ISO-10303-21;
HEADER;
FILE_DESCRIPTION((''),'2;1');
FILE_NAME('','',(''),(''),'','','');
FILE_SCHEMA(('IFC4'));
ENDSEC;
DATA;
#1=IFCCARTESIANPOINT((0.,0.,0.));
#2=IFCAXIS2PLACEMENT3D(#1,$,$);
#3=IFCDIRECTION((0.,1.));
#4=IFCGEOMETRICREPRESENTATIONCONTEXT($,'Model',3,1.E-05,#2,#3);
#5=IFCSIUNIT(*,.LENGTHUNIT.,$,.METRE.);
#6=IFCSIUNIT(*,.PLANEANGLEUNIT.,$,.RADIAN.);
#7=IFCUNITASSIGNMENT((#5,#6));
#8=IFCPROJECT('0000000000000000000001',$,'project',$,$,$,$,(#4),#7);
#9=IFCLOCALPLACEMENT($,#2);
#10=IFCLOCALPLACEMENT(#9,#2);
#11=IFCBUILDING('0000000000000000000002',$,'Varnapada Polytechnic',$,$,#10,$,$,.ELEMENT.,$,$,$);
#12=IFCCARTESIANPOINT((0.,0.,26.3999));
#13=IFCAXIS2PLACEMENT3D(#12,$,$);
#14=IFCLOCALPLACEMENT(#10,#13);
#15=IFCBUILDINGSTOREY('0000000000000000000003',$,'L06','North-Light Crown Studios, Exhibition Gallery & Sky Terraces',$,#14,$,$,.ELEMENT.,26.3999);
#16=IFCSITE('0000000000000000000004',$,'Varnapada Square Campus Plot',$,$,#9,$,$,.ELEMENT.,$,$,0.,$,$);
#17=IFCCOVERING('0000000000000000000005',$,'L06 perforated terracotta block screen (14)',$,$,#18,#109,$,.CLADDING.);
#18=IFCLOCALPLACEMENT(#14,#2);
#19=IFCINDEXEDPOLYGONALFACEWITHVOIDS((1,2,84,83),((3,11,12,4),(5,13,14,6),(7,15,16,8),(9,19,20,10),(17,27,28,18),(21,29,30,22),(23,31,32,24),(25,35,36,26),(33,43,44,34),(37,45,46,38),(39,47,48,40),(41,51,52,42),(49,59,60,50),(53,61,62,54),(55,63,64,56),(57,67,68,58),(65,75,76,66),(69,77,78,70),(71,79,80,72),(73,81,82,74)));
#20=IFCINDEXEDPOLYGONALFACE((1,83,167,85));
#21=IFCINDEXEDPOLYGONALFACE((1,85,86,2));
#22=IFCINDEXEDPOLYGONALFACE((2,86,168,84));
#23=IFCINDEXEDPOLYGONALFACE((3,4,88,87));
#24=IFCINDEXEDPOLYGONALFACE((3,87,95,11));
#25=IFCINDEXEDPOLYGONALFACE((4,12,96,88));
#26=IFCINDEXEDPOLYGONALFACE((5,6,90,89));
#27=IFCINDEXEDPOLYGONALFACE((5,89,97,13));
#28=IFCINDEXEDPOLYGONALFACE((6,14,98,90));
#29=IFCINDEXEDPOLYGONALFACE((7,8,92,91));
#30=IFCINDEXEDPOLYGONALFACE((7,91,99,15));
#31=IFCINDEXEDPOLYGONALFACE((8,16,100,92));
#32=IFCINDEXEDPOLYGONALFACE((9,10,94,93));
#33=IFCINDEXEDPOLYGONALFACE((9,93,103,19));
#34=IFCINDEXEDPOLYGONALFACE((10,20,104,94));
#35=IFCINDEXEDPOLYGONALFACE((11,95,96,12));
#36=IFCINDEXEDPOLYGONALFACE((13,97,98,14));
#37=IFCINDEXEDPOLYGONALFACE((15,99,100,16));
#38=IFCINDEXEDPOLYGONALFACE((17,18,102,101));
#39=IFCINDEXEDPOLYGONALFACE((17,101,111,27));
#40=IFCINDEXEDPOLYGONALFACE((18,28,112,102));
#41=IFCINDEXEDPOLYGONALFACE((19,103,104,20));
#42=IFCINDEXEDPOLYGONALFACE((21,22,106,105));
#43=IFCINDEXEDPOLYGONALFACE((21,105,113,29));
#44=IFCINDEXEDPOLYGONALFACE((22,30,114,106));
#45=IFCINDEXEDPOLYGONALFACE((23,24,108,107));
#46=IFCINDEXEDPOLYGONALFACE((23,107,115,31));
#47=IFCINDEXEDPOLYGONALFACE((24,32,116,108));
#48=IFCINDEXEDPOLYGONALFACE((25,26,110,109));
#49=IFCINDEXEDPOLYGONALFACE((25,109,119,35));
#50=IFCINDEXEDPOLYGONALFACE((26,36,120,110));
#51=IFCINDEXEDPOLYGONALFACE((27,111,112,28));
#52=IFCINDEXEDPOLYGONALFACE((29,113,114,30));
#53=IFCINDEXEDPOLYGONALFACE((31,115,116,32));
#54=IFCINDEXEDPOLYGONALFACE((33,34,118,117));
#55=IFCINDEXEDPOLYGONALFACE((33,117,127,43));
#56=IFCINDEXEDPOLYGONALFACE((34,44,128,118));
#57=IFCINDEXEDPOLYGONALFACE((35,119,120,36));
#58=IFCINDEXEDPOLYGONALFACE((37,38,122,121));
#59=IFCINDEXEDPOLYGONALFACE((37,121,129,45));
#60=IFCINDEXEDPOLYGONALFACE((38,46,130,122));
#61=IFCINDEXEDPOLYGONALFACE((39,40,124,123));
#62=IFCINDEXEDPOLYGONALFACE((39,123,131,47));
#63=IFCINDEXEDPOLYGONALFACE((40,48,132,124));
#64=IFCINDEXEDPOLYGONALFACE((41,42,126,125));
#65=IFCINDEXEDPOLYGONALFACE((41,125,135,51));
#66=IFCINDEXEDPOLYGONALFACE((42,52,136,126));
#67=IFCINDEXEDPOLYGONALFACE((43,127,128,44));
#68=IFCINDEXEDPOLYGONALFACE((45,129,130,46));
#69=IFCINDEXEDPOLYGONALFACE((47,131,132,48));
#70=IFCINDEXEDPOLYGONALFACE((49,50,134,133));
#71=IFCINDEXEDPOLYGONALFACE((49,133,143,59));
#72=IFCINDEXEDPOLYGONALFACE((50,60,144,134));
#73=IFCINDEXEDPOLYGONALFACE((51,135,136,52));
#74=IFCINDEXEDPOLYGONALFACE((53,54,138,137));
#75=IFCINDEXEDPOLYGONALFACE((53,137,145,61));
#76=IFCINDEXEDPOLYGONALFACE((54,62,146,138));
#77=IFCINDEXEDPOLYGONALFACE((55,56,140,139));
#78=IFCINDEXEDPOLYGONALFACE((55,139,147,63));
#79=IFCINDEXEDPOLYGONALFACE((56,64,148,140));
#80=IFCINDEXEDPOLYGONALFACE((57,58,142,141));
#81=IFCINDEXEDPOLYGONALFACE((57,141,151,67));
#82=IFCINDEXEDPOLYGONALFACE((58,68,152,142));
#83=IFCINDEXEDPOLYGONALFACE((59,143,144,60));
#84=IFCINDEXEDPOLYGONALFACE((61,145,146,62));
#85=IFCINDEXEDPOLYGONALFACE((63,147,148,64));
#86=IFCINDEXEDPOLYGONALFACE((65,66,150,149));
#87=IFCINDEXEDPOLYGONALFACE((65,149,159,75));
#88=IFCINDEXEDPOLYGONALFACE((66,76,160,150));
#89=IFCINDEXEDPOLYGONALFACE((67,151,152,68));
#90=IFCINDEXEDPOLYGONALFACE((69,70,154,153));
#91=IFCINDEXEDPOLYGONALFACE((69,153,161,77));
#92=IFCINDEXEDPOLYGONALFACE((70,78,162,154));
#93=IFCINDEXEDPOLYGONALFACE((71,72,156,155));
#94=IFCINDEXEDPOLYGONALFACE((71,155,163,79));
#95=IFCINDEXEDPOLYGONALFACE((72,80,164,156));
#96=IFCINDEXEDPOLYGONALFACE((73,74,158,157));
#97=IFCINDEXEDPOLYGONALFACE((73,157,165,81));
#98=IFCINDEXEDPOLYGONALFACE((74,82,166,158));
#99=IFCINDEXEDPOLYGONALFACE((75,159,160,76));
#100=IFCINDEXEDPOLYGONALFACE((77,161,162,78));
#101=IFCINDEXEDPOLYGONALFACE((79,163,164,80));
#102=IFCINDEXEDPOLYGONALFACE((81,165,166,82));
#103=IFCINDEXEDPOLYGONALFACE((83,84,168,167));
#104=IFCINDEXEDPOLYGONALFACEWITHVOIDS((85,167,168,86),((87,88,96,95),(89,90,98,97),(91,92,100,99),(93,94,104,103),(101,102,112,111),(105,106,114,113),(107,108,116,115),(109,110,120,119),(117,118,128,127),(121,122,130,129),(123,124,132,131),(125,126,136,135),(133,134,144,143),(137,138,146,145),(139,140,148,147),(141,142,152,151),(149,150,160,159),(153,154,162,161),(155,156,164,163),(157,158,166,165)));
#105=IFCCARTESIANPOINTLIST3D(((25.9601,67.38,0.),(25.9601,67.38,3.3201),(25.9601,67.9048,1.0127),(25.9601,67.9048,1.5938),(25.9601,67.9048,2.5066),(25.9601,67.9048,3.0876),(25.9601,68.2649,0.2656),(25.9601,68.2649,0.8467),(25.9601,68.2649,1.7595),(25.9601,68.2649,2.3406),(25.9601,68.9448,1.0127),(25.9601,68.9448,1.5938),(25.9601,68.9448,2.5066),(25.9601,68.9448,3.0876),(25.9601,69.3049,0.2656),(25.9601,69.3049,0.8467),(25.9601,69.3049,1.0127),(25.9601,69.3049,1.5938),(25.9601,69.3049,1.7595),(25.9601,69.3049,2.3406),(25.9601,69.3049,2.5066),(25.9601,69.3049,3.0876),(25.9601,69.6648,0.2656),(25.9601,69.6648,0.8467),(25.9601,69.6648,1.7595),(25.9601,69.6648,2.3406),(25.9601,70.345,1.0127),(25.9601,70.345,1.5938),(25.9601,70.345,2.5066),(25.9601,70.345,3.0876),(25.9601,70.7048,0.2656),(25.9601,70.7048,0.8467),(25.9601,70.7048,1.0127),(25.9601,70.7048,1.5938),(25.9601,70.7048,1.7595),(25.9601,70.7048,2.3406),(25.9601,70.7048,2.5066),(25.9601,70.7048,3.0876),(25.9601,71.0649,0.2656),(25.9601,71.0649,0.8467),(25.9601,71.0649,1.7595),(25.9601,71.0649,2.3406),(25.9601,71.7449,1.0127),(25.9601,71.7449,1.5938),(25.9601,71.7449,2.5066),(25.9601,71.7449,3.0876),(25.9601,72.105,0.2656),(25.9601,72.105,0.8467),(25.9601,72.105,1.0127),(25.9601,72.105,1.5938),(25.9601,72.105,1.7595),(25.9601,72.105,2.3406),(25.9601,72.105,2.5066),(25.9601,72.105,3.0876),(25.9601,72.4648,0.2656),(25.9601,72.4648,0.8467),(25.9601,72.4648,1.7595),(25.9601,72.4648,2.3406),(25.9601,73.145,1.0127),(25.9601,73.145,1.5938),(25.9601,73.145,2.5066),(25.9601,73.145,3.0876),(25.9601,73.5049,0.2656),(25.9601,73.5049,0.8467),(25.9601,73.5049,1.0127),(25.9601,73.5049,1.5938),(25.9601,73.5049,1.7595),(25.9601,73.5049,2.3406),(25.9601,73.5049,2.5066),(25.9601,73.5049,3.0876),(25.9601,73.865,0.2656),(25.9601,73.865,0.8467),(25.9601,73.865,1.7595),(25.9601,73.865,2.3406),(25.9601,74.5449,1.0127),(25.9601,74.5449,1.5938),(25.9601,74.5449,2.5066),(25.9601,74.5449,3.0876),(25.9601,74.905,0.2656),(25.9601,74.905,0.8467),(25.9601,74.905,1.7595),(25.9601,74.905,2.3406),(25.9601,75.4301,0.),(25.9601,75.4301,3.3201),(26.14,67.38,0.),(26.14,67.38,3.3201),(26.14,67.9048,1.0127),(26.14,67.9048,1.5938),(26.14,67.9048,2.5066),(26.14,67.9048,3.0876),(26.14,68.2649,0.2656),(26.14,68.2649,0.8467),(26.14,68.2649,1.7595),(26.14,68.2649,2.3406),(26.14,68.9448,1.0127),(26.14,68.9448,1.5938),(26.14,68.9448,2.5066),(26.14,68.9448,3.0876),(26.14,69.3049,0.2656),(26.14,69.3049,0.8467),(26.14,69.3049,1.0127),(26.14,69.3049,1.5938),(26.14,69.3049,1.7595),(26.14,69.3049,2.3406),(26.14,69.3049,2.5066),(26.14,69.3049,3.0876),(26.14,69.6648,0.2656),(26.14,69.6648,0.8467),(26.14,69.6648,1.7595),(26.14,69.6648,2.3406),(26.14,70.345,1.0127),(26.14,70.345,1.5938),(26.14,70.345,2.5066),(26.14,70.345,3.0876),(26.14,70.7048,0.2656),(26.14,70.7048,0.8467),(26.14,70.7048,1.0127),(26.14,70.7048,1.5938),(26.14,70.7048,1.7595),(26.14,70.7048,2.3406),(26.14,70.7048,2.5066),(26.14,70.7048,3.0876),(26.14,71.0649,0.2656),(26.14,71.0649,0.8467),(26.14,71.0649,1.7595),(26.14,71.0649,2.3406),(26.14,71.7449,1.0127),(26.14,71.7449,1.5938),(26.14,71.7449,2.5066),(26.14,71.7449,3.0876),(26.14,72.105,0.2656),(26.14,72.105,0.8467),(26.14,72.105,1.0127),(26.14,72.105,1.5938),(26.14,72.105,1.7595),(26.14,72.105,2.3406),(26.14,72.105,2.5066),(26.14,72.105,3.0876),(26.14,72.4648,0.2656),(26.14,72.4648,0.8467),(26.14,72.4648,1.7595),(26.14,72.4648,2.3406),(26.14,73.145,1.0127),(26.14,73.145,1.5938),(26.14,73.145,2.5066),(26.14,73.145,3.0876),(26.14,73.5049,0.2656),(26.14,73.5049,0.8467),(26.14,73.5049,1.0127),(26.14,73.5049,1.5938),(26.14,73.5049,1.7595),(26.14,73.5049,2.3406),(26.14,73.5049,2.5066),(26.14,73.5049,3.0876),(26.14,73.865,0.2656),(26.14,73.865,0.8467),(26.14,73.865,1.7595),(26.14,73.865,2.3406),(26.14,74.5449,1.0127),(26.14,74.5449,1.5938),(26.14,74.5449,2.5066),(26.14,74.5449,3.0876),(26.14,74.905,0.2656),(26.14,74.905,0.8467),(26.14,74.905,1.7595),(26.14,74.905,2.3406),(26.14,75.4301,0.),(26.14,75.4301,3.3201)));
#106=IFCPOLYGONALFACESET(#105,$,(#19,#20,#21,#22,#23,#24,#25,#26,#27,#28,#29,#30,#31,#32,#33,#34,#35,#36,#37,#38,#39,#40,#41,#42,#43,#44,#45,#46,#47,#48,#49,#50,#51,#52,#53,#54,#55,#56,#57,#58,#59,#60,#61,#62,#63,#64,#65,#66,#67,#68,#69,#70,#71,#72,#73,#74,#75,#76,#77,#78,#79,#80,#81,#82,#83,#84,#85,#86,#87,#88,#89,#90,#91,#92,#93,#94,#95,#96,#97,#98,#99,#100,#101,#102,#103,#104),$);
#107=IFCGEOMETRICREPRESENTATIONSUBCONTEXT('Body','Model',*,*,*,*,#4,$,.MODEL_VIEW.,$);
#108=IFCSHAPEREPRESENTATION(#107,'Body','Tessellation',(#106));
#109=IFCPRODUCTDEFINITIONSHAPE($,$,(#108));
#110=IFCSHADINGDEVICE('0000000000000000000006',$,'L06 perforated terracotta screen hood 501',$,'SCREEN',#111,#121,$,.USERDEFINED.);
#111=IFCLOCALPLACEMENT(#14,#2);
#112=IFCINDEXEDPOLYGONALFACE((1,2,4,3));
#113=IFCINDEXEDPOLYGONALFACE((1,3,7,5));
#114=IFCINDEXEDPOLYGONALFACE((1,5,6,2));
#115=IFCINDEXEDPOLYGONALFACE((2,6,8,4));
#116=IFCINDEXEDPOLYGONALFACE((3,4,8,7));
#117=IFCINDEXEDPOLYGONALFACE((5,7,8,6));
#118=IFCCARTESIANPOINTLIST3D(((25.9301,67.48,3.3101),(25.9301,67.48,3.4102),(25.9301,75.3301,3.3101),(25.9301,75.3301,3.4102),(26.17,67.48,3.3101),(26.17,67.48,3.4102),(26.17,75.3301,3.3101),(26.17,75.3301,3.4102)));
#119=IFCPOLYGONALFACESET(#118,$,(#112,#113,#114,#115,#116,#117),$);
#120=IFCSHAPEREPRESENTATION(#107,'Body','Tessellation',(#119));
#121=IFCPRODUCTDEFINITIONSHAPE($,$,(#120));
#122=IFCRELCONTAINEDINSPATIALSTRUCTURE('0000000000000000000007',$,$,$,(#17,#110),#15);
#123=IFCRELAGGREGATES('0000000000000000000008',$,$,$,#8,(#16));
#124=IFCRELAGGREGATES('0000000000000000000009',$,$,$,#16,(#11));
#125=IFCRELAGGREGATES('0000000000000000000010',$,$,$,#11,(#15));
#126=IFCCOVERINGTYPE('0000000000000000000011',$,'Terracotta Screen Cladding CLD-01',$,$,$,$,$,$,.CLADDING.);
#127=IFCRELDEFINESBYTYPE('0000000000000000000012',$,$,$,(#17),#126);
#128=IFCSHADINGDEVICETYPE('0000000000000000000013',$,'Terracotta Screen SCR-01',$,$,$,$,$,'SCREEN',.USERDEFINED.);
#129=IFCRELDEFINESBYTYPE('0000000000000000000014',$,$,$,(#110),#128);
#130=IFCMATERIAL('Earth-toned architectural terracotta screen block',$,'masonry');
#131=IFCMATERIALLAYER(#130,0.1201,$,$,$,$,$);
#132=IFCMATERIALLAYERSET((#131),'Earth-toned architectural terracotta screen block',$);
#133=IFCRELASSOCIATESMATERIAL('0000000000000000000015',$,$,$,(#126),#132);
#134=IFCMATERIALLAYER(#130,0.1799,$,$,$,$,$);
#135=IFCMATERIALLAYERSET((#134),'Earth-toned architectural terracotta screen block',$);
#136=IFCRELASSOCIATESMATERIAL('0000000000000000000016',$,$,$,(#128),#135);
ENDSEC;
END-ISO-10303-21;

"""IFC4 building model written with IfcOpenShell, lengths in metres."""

from ifc_helpers import new_model, si_unit, direction, frame, frame_2d, origin, origin_2d, place, context, subcontext, project, spatial, rectangle, extrude, material, layer, layer_set, type_object, element, save


model = new_model("IFC4")

# Units and contexts
model_context = context("Model", 3, precision=1e-05, world=origin(), true_north=direction((0.0, 1.0)))
body_context = subcontext(model_context, "Body", "Model", "MODEL_VIEW")
ifc_project = project(units=[si_unit("LENGTHUNIT", "METRE"), si_unit("PLANEANGLEUNIT", "RADIAN")], contexts=[model_context])

# Site, building, storey
site_placement = place(None, origin())
site = spatial("IfcSite", under=ifc_project, at=site_placement, Name="Varnapada Square Campus Plot", CompositionType="ELEMENT", RefElevation=0.0)
building_placement = place(site_placement, origin())
building = spatial("IfcBuilding", under=site, at=building_placement, Name="Varnapada Polytechnic", CompositionType="ELEMENT")
storey_placement = place(building_placement, frame((0.0, 0.0, 26.3999)))
storey = spatial("IfcBuildingStorey", under=building, at=storey_placement, Name="L06", Description="North-Light Crown Studios, Exhibition Gallery & Sky Terraces", CompositionType="ELEMENT", Elevation=26.3999)

# Covering, openings
ifc_material_1 = material(Name="Earth-toned architectural terracotta screen block", Category="masonry")
ifc_layer_1 = layer(ifc_material_1, 0.1201)
ifc_layer_set_1 = layer_set([ifc_layer_1], Name="Earth-toned architectural terracotta screen block")
covering_type_1 = type_object("IfcCoveringType", Name="Terracotta Screen Cladding CLD-01", PredefinedType="CLADDING", material=ifc_layer_set_1)
covering_1_placement = place(storey_placement, frame((26.05, 75.4299, 0.0), z_axis=(0.0, 0.0, 1.0), x_axis=(0.0, -1.0, 0.0)))
covering_1 = element("IfcCovering", 1, at=covering_1_placement, inside=storey, type_object=covering_type_1, Name="L06 perforated terracotta block screen (14)", PredefinedType="CLADDING", context=body_context, shape_type="SweptSolid", body=[
    extrude(rectangle(XDim=8.05, YDim=0.1799, at=frame_2d((4.0249, 0.0))), origin(), (0.0, 0.0, 1.0), 3.3201),
])
opening_1_placement = place(covering_1_placement, frame((0.5249, 0.0, 0.2656)))
element("IfcOpeningElement", 2, at=opening_1_placement, cuts=covering_1, PredefinedType="OPENING", context=body_context, shape_type="SweptSolid", body=[
    extrude(rectangle(XDim=1.04, YDim=0.5811, at=frame_2d((0.52, 0.2905))), frame((0.0, 0.0999, 0.0), z_axis=(0.0, -1.0, 0.0), x_axis=(1.0, 0.0, 0.0)), (0.0, 0.0, 1.0), 0.2),
])
opening_2_placement = place(covering_1_placement, frame((1.925, 0.0, 0.2656)))
element("IfcOpeningElement", 3, at=opening_2_placement, cuts=covering_1, PredefinedType="OPENING", context=body_context, shape_type="SweptSolid", body=[
    extrude(rectangle(XDim=1.04, YDim=0.5811, at=frame_2d((0.52, 0.2905))), frame((0.0, 0.0999, 0.0), z_axis=(0.0, -1.0, 0.0), x_axis=(1.0, 0.0, 0.0)), (0.0, 0.0, 1.0), 0.2),
])
opening_3_placement = place(covering_1_placement, frame((3.325, 0.0, 0.2656)))
element("IfcOpeningElement", 4, at=opening_3_placement, cuts=covering_1, PredefinedType="OPENING", context=body_context, shape_type="SweptSolid", body=[
    extrude(rectangle(XDim=1.04, YDim=0.5811, at=frame_2d((0.52, 0.2905))), frame((0.0, 0.0999, 0.0), z_axis=(0.0, -1.0, 0.0), x_axis=(1.0, 0.0, 0.0)), (0.0, 0.0, 1.0), 0.2),
])
opening_4_placement = place(covering_1_placement, frame((4.7251, 0.0, 0.2656)))
element("IfcOpeningElement", 5, at=opening_4_placement, cuts=covering_1, PredefinedType="OPENING", context=body_context, shape_type="SweptSolid", body=[
    extrude(rectangle(XDim=1.04, YDim=0.5811, at=frame_2d((0.52, 0.2905))), frame((0.0, 0.0999, 0.0), z_axis=(0.0, -1.0, 0.0), x_axis=(1.0, 0.0, 0.0)), (0.0, 0.0, 1.0), 0.2),
])
opening_5_placement = place(covering_1_placement, frame((6.125, 0.0, 0.2656)))
element("IfcOpeningElement", 6, at=opening_5_placement, cuts=covering_1, PredefinedType="OPENING", context=body_context, shape_type="SweptSolid", body=[
    extrude(rectangle(XDim=1.04, YDim=0.5811, at=frame_2d((0.52, 0.2905))), frame((0.0, 0.0999, 0.0), z_axis=(0.0, -1.0, 0.0), x_axis=(1.0, 0.0, 0.0)), (0.0, 0.0, 1.0), 0.2),
])
opening_6_placement = place(covering_1_placement, frame((0.885, 0.0, 1.0127)))
element("IfcOpeningElement", 7, at=opening_6_placement, cuts=covering_1, PredefinedType="OPENING", context=body_context, shape_type="SweptSolid", body=[
    extrude(rectangle(XDim=1.04, YDim=0.5811, at=frame_2d((0.52, 0.2905))), frame((0.0, 0.0999, 0.0), z_axis=(0.0, -1.0, 0.0), x_axis=(1.0, 0.0, 0.0)), (0.0, 0.0, 1.0), 0.2),
])
opening_7_placement = place(covering_1_placement, frame((2.2849, 0.0, 1.0127)))
element("IfcOpeningElement", 8, at=opening_7_placement, cuts=covering_1, PredefinedType="OPENING", context=body_context, shape_type="SweptSolid", body=[
    extrude(rectangle(XDim=1.04, YDim=0.5811, at=frame_2d((0.52, 0.2905))), frame((0.0, 0.0999, 0.0), z_axis=(0.0, -1.0, 0.0), x_axis=(1.0, 0.0, 0.0)), (0.0, 0.0, 1.0), 0.2),
])
opening_8_placement = place(covering_1_placement, frame((3.6851, 0.0, 1.0127)))
element("IfcOpeningElement", 9, at=opening_8_placement, cuts=covering_1, PredefinedType="OPENING", context=body_context, shape_type="SweptSolid", body=[
    extrude(rectangle(XDim=1.04, YDim=0.5811, at=frame_2d((0.52, 0.2905))), frame((0.0, 0.0999, 0.0), z_axis=(0.0, -1.0, 0.0), x_axis=(1.0, 0.0, 0.0)), (0.0, 0.0, 1.0), 0.2),
])
opening_9_placement = place(covering_1_placement, frame((5.085, 0.0, 1.0127)))
element("IfcOpeningElement", 10, at=opening_9_placement, cuts=covering_1, PredefinedType="OPENING", context=body_context, shape_type="SweptSolid", body=[
    extrude(rectangle(XDim=1.04, YDim=0.5811, at=frame_2d((0.52, 0.2905))), frame((0.0, 0.0999, 0.0), z_axis=(0.0, -1.0, 0.0), x_axis=(1.0, 0.0, 0.0)), (0.0, 0.0, 1.0), 0.2),
])
opening_10_placement = place(covering_1_placement, frame((6.4851, 0.0, 1.0127)))
element("IfcOpeningElement", 11, at=opening_10_placement, cuts=covering_1, PredefinedType="OPENING", context=body_context, shape_type="SweptSolid", body=[
    extrude(rectangle(XDim=1.04, YDim=0.5811, at=frame_2d((0.52, 0.2905))), frame((0.0, 0.0999, 0.0), z_axis=(0.0, -1.0, 0.0), x_axis=(1.0, 0.0, 0.0)), (0.0, 0.0, 1.0), 0.2),
])
opening_11_placement = place(covering_1_placement, frame((0.5249, 0.0, 1.7595)))
element("IfcOpeningElement", 12, at=opening_11_placement, cuts=covering_1, PredefinedType="OPENING", context=body_context, shape_type="SweptSolid", body=[
    extrude(rectangle(XDim=1.04, YDim=0.5811, at=frame_2d((0.52, 0.2905))), frame((0.0, 0.0999, 0.0), z_axis=(0.0, -1.0, 0.0), x_axis=(1.0, 0.0, 0.0)), (0.0, 0.0, 1.0), 0.2),
])
opening_12_placement = place(covering_1_placement, frame((1.925, 0.0, 1.7595)))
element("IfcOpeningElement", 13, at=opening_12_placement, cuts=covering_1, PredefinedType="OPENING", context=body_context, shape_type="SweptSolid", body=[
    extrude(rectangle(XDim=1.04, YDim=0.5811, at=frame_2d((0.52, 0.2905))), frame((0.0, 0.0999, 0.0), z_axis=(0.0, -1.0, 0.0), x_axis=(1.0, 0.0, 0.0)), (0.0, 0.0, 1.0), 0.2),
])
opening_13_placement = place(covering_1_placement, frame((3.325, 0.0, 1.7595)))
element("IfcOpeningElement", 14, at=opening_13_placement, cuts=covering_1, PredefinedType="OPENING", context=body_context, shape_type="SweptSolid", body=[
    extrude(rectangle(XDim=1.04, YDim=0.5811, at=frame_2d((0.52, 0.2905))), frame((0.0, 0.0999, 0.0), z_axis=(0.0, -1.0, 0.0), x_axis=(1.0, 0.0, 0.0)), (0.0, 0.0, 1.0), 0.2),
])
opening_14_placement = place(covering_1_placement, frame((4.7251, 0.0, 1.7595)))
element("IfcOpeningElement", 15, at=opening_14_placement, cuts=covering_1, PredefinedType="OPENING", context=body_context, shape_type="SweptSolid", body=[
    extrude(rectangle(XDim=1.04, YDim=0.5811, at=frame_2d((0.52, 0.2905))), frame((0.0, 0.0999, 0.0), z_axis=(0.0, -1.0, 0.0), x_axis=(1.0, 0.0, 0.0)), (0.0, 0.0, 1.0), 0.2),
])
opening_15_placement = place(covering_1_placement, frame((6.125, 0.0, 1.7595)))
element("IfcOpeningElement", 16, at=opening_15_placement, cuts=covering_1, PredefinedType="OPENING", context=body_context, shape_type="SweptSolid", body=[
    extrude(rectangle(XDim=1.04, YDim=0.5811, at=frame_2d((0.52, 0.2905))), frame((0.0, 0.0999, 0.0), z_axis=(0.0, -1.0, 0.0), x_axis=(1.0, 0.0, 0.0)), (0.0, 0.0, 1.0), 0.2),
])
opening_16_placement = place(covering_1_placement, frame((0.885, 0.0, 2.5066)))
element("IfcOpeningElement", 17, at=opening_16_placement, cuts=covering_1, PredefinedType="OPENING", context=body_context, shape_type="SweptSolid", body=[
    extrude(rectangle(XDim=1.04, YDim=0.5811, at=frame_2d((0.52, 0.2905))), frame((0.0, 0.0999, 0.0), z_axis=(0.0, -1.0, 0.0), x_axis=(1.0, 0.0, 0.0)), (0.0, 0.0, 1.0), 0.2),
])
opening_17_placement = place(covering_1_placement, frame((2.2849, 0.0, 2.5066)))
element("IfcOpeningElement", 18, at=opening_17_placement, cuts=covering_1, PredefinedType="OPENING", context=body_context, shape_type="SweptSolid", body=[
    extrude(rectangle(XDim=1.04, YDim=0.5811, at=frame_2d((0.52, 0.2905))), frame((0.0, 0.0999, 0.0), z_axis=(0.0, -1.0, 0.0), x_axis=(1.0, 0.0, 0.0)), (0.0, 0.0, 1.0), 0.2),
])
opening_18_placement = place(covering_1_placement, frame((3.6851, 0.0, 2.5066)))
element("IfcOpeningElement", 19, at=opening_18_placement, cuts=covering_1, PredefinedType="OPENING", context=body_context, shape_type="SweptSolid", body=[
    extrude(rectangle(XDim=1.04, YDim=0.5811, at=frame_2d((0.52, 0.2905))), frame((0.0, 0.0999, 0.0), z_axis=(0.0, -1.0, 0.0), x_axis=(1.0, 0.0, 0.0)), (0.0, 0.0, 1.0), 0.2),
])
opening_19_placement = place(covering_1_placement, frame((5.085, 0.0, 2.5066)))
element("IfcOpeningElement", 20, at=opening_19_placement, cuts=covering_1, PredefinedType="OPENING", context=body_context, shape_type="SweptSolid", body=[
    extrude(rectangle(XDim=1.04, YDim=0.5811, at=frame_2d((0.52, 0.2905))), frame((0.0, 0.0999, 0.0), z_axis=(0.0, -1.0, 0.0), x_axis=(1.0, 0.0, 0.0)), (0.0, 0.0, 1.0), 0.2),
])
opening_20_placement = place(covering_1_placement, frame((6.4851, 0.0, 2.5066)))
element("IfcOpeningElement", 21, at=opening_20_placement, cuts=covering_1, PredefinedType="OPENING", context=body_context, shape_type="SweptSolid", body=[
    extrude(rectangle(XDim=1.04, YDim=0.5811, at=frame_2d((0.52, 0.2905))), frame((0.0, 0.0999, 0.0), z_axis=(0.0, -1.0, 0.0), x_axis=(1.0, 0.0, 0.0)), (0.0, 0.0, 1.0), 0.2),
])

# Shading device
ifc_layer_2 = layer(ifc_material_1, 0.1799)
ifc_layer_set_2 = layer_set([ifc_layer_2], Name="Earth-toned architectural terracotta screen block")
shading_device_type = type_object("IfcShadingDeviceType", Name="Terracotta Screen SCR-01", ElementType="SCREEN", PredefinedType="USERDEFINED", material=ifc_layer_set_2)
shading_device_placement = place(storey_placement, frame((26.05, 71.405, 3.3101), z_axis=(0.0, 0.0, 1.0), x_axis=(0.0, -1.0, 0.0)))
element("IfcShadingDevice", 22, at=shading_device_placement, inside=storey, type_object=shading_device_type, Name="L06 perforated terracotta screen hood 501", ObjectType="SCREEN", PredefinedType="USERDEFINED", context=body_context, shape_type="SweptSolid", body=[
    extrude(rectangle(XDim=7.8501, YDim=0.24, at=origin_2d()), origin(), (0.0, 0.0, 1.0), 0.1001),
])

save(model, "model.ifc")
